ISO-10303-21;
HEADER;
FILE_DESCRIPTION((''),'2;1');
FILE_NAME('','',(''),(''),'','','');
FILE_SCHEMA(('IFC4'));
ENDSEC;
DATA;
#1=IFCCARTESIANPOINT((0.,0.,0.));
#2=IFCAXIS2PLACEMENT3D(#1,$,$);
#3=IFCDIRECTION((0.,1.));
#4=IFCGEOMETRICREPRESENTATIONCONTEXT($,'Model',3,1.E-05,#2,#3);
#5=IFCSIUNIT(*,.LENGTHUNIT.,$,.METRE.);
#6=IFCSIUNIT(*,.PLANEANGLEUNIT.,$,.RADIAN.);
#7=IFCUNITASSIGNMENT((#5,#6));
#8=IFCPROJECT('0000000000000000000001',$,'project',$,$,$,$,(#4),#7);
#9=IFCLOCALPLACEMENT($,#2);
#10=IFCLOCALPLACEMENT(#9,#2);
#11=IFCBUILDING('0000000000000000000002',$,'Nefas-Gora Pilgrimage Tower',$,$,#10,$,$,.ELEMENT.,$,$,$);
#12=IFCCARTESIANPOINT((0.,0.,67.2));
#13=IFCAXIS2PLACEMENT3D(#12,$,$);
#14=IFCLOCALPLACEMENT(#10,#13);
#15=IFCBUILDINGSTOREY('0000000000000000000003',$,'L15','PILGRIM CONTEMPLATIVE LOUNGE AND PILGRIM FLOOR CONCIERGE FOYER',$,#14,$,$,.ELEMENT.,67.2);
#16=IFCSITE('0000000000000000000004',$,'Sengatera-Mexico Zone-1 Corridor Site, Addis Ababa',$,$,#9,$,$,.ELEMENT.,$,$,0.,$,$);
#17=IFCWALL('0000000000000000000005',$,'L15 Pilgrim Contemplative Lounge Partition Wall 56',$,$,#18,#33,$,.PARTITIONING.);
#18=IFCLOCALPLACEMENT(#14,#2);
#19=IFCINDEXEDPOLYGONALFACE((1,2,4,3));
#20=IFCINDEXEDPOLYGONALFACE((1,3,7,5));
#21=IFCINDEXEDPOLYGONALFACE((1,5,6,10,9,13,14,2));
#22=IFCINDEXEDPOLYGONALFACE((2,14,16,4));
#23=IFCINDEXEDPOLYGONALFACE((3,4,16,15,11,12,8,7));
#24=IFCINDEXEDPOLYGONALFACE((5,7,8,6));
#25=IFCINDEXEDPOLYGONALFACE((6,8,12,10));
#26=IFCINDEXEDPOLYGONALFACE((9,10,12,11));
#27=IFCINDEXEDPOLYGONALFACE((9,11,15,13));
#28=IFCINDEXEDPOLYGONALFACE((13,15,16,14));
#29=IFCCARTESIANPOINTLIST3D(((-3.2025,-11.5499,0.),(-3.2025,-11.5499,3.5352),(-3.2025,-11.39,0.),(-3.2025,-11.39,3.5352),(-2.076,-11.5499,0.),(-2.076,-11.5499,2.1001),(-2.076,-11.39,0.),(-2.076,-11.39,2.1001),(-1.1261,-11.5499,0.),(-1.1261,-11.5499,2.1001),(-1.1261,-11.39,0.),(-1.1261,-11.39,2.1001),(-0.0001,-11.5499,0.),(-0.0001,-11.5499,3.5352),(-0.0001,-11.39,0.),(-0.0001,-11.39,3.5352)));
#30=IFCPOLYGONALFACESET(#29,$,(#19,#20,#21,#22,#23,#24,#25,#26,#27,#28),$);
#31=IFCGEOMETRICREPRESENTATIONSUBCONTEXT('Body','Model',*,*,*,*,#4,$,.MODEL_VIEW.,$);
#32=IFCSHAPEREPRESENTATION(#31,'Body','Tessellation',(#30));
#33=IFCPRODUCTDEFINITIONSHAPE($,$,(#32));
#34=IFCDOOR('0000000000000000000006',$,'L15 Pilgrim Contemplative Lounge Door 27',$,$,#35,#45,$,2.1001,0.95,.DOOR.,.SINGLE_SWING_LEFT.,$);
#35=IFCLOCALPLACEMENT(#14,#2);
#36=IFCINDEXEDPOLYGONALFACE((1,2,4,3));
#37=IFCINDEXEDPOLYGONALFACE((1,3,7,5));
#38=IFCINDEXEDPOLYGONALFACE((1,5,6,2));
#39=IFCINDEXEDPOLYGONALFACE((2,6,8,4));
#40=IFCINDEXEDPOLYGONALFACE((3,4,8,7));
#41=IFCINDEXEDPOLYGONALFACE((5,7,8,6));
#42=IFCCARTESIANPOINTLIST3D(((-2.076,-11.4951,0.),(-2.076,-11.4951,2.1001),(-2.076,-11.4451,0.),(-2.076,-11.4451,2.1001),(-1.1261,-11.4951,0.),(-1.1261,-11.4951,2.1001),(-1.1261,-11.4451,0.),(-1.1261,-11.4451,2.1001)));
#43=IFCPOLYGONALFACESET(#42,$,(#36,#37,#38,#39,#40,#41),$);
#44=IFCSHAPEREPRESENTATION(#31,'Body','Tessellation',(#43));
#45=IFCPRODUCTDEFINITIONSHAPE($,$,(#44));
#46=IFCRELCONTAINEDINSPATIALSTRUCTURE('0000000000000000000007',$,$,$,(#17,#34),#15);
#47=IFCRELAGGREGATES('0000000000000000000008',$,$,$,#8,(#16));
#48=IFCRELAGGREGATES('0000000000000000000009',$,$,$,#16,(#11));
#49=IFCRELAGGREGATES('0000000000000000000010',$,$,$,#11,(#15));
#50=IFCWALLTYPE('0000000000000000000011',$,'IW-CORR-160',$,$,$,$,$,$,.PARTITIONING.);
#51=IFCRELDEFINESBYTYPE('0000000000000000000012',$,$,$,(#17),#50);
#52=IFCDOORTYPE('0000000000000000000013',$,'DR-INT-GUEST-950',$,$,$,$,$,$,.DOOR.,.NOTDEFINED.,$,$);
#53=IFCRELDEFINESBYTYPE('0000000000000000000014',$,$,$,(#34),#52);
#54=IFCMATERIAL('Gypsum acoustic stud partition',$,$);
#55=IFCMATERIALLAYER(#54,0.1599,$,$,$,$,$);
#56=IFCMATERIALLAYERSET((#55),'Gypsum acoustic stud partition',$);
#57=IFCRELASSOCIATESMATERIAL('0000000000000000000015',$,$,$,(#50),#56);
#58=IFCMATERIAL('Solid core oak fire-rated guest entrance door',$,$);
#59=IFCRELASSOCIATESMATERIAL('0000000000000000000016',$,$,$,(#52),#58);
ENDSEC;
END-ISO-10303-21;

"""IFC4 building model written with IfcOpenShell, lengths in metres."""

from ifc_helpers import new_model, si_unit, direction, frame, frame_2d, origin, place, context, subcontext, project, spatial, rectangle, extrude, source, transform, mapped, material, layer, layer_set, type_object, element, fill, save


model = new_model("IFC4")

# Units and contexts
model_context = context("Model", 3, precision=1e-05, world=origin(), true_north=direction((0.0, 1.0)))
body_context = subcontext(model_context, "Body", "Model", "MODEL_VIEW")
ifc_project = project(units=[si_unit("LENGTHUNIT", "METRE"), si_unit("PLANEANGLEUNIT", "RADIAN")], contexts=[model_context])

# Site, building, storey
site_placement = place(None, origin())
site = spatial("IfcSite", under=ifc_project, at=site_placement, Name="Sengatera-Mexico Zone-1 Corridor Site, Addis Ababa", CompositionType="ELEMENT", RefElevation=0.0)
building_placement = place(site_placement, origin())
building = spatial("IfcBuilding", under=site, at=building_placement, Name="Nefas-Gora Pilgrimage Tower", CompositionType="ELEMENT")
storey_placement = place(building_placement, frame((0.0, 0.0, 67.2)))
storey = spatial("IfcBuildingStorey", under=building, at=storey_placement, Name="L15", Description="PILGRIM CONTEMPLATIVE LOUNGE AND PILGRIM FLOOR CONCIERGE FOYER", CompositionType="ELEMENT", Elevation=67.2)

# Shared definitions
ifc_material_1 = material(Name="Gypsum acoustic stud partition")
ifc_layer_1 = layer(ifc_material_1, 0.1599)
ifc_layer_set_1 = layer_set([ifc_layer_1], Name="Gypsum acoustic stud partition")
wall_type_1 = type_object("IfcWallType", Name="IW-CORR-160", PredefinedType="PARTITIONING", material=ifc_layer_set_1)
ifc_material_2 = material(Name="Solid core oak fire-rated guest entrance door")
door_type_1 = type_object("IfcDoorType", Name="DR-INT-GUEST-950", OperationType="NOTDEFINED", PredefinedType="DOOR", material=ifc_material_2)
shared_shape_1 = source(origin(), body_context, "Body", "SweptSolid", [
    extrude(rectangle(XDim=0.95, YDim=2.1001, at=frame_2d((0.4751, 1.05))), frame((0.0, 0.0249, 0.0), z_axis=(0.0, -1.0, 0.0), x_axis=(1.0, 0.0, 0.0)), (0.0, 0.0, 1.0), 0.05),
])

# Wall, opening, door
shared_shape_2 = source(origin(), body_context, "Body", "SweptSolid", [
    extrude(rectangle(XDim=3.2024, YDim=0.1599, at=frame_2d((1.6011, 0.0))), origin(), (0.0, 0.0, 1.0), 3.5352),
])
wall_1_placement = place(storey_placement, frame((-3.2024, -11.47, 0.0), z_axis=(0.0, 0.0, 1.0), x_axis=(1.0, 0.0, 0.0)))
wall_1 = element("IfcWall", 1, at=wall_1_placement, inside=storey, type_object=wall_type_1, Name="L15 Pilgrim Contemplative Lounge Partition Wall 56", PredefinedType="PARTITIONING", context=body_context, shape_type="MappedRepresentation", body=[
    mapped(shared_shape_2, transform((0.0, 0.0, 0.0), x_axis=(1.0, 0.0, 0.0), y_axis=(0.0, 1.0, 0.0), z_axis=(0.0, 0.0, 1.0), scale=1.0)),
])
opening_1_placement = place(wall_1_placement, frame((1.1262, 0.0, 0.0)))
opening_1 = element("IfcOpeningElement", 2, at=opening_1_placement, cuts=wall_1, PredefinedType="OPENING", context=body_context, shape_type="SweptSolid", body=[
    extrude(rectangle(XDim=0.95, YDim=2.1001, at=frame_2d((0.4751, 1.05))), frame((0.0, 0.0898, 0.0), z_axis=(0.0, -1.0, 0.0), x_axis=(1.0, 0.0, 0.0)), (0.0, 0.0, 1.0), 0.1799),
])
door_1_placement = place(opening_1_placement, origin())
door_1 = element("IfcDoor", 3, at=door_1_placement, inside=storey, type_object=door_type_1, Name="L15 Pilgrim Contemplative Lounge Door 27", OperationType="SINGLE_SWING_LEFT", OverallHeight=2.1001, OverallWidth=0.95, PredefinedType="DOOR", context=body_context, shape_type="MappedRepresentation", body=[
    mapped(shared_shape_1, transform((0.0, 0.0, 0.0), x_axis=(1.0, 0.0, 0.0), y_axis=(0.0, 1.0, 0.0), z_axis=(0.0, 0.0, 1.0), scale=1.0)),
])
fill(opening_1, door_1)

save(model, "model.ifc")
